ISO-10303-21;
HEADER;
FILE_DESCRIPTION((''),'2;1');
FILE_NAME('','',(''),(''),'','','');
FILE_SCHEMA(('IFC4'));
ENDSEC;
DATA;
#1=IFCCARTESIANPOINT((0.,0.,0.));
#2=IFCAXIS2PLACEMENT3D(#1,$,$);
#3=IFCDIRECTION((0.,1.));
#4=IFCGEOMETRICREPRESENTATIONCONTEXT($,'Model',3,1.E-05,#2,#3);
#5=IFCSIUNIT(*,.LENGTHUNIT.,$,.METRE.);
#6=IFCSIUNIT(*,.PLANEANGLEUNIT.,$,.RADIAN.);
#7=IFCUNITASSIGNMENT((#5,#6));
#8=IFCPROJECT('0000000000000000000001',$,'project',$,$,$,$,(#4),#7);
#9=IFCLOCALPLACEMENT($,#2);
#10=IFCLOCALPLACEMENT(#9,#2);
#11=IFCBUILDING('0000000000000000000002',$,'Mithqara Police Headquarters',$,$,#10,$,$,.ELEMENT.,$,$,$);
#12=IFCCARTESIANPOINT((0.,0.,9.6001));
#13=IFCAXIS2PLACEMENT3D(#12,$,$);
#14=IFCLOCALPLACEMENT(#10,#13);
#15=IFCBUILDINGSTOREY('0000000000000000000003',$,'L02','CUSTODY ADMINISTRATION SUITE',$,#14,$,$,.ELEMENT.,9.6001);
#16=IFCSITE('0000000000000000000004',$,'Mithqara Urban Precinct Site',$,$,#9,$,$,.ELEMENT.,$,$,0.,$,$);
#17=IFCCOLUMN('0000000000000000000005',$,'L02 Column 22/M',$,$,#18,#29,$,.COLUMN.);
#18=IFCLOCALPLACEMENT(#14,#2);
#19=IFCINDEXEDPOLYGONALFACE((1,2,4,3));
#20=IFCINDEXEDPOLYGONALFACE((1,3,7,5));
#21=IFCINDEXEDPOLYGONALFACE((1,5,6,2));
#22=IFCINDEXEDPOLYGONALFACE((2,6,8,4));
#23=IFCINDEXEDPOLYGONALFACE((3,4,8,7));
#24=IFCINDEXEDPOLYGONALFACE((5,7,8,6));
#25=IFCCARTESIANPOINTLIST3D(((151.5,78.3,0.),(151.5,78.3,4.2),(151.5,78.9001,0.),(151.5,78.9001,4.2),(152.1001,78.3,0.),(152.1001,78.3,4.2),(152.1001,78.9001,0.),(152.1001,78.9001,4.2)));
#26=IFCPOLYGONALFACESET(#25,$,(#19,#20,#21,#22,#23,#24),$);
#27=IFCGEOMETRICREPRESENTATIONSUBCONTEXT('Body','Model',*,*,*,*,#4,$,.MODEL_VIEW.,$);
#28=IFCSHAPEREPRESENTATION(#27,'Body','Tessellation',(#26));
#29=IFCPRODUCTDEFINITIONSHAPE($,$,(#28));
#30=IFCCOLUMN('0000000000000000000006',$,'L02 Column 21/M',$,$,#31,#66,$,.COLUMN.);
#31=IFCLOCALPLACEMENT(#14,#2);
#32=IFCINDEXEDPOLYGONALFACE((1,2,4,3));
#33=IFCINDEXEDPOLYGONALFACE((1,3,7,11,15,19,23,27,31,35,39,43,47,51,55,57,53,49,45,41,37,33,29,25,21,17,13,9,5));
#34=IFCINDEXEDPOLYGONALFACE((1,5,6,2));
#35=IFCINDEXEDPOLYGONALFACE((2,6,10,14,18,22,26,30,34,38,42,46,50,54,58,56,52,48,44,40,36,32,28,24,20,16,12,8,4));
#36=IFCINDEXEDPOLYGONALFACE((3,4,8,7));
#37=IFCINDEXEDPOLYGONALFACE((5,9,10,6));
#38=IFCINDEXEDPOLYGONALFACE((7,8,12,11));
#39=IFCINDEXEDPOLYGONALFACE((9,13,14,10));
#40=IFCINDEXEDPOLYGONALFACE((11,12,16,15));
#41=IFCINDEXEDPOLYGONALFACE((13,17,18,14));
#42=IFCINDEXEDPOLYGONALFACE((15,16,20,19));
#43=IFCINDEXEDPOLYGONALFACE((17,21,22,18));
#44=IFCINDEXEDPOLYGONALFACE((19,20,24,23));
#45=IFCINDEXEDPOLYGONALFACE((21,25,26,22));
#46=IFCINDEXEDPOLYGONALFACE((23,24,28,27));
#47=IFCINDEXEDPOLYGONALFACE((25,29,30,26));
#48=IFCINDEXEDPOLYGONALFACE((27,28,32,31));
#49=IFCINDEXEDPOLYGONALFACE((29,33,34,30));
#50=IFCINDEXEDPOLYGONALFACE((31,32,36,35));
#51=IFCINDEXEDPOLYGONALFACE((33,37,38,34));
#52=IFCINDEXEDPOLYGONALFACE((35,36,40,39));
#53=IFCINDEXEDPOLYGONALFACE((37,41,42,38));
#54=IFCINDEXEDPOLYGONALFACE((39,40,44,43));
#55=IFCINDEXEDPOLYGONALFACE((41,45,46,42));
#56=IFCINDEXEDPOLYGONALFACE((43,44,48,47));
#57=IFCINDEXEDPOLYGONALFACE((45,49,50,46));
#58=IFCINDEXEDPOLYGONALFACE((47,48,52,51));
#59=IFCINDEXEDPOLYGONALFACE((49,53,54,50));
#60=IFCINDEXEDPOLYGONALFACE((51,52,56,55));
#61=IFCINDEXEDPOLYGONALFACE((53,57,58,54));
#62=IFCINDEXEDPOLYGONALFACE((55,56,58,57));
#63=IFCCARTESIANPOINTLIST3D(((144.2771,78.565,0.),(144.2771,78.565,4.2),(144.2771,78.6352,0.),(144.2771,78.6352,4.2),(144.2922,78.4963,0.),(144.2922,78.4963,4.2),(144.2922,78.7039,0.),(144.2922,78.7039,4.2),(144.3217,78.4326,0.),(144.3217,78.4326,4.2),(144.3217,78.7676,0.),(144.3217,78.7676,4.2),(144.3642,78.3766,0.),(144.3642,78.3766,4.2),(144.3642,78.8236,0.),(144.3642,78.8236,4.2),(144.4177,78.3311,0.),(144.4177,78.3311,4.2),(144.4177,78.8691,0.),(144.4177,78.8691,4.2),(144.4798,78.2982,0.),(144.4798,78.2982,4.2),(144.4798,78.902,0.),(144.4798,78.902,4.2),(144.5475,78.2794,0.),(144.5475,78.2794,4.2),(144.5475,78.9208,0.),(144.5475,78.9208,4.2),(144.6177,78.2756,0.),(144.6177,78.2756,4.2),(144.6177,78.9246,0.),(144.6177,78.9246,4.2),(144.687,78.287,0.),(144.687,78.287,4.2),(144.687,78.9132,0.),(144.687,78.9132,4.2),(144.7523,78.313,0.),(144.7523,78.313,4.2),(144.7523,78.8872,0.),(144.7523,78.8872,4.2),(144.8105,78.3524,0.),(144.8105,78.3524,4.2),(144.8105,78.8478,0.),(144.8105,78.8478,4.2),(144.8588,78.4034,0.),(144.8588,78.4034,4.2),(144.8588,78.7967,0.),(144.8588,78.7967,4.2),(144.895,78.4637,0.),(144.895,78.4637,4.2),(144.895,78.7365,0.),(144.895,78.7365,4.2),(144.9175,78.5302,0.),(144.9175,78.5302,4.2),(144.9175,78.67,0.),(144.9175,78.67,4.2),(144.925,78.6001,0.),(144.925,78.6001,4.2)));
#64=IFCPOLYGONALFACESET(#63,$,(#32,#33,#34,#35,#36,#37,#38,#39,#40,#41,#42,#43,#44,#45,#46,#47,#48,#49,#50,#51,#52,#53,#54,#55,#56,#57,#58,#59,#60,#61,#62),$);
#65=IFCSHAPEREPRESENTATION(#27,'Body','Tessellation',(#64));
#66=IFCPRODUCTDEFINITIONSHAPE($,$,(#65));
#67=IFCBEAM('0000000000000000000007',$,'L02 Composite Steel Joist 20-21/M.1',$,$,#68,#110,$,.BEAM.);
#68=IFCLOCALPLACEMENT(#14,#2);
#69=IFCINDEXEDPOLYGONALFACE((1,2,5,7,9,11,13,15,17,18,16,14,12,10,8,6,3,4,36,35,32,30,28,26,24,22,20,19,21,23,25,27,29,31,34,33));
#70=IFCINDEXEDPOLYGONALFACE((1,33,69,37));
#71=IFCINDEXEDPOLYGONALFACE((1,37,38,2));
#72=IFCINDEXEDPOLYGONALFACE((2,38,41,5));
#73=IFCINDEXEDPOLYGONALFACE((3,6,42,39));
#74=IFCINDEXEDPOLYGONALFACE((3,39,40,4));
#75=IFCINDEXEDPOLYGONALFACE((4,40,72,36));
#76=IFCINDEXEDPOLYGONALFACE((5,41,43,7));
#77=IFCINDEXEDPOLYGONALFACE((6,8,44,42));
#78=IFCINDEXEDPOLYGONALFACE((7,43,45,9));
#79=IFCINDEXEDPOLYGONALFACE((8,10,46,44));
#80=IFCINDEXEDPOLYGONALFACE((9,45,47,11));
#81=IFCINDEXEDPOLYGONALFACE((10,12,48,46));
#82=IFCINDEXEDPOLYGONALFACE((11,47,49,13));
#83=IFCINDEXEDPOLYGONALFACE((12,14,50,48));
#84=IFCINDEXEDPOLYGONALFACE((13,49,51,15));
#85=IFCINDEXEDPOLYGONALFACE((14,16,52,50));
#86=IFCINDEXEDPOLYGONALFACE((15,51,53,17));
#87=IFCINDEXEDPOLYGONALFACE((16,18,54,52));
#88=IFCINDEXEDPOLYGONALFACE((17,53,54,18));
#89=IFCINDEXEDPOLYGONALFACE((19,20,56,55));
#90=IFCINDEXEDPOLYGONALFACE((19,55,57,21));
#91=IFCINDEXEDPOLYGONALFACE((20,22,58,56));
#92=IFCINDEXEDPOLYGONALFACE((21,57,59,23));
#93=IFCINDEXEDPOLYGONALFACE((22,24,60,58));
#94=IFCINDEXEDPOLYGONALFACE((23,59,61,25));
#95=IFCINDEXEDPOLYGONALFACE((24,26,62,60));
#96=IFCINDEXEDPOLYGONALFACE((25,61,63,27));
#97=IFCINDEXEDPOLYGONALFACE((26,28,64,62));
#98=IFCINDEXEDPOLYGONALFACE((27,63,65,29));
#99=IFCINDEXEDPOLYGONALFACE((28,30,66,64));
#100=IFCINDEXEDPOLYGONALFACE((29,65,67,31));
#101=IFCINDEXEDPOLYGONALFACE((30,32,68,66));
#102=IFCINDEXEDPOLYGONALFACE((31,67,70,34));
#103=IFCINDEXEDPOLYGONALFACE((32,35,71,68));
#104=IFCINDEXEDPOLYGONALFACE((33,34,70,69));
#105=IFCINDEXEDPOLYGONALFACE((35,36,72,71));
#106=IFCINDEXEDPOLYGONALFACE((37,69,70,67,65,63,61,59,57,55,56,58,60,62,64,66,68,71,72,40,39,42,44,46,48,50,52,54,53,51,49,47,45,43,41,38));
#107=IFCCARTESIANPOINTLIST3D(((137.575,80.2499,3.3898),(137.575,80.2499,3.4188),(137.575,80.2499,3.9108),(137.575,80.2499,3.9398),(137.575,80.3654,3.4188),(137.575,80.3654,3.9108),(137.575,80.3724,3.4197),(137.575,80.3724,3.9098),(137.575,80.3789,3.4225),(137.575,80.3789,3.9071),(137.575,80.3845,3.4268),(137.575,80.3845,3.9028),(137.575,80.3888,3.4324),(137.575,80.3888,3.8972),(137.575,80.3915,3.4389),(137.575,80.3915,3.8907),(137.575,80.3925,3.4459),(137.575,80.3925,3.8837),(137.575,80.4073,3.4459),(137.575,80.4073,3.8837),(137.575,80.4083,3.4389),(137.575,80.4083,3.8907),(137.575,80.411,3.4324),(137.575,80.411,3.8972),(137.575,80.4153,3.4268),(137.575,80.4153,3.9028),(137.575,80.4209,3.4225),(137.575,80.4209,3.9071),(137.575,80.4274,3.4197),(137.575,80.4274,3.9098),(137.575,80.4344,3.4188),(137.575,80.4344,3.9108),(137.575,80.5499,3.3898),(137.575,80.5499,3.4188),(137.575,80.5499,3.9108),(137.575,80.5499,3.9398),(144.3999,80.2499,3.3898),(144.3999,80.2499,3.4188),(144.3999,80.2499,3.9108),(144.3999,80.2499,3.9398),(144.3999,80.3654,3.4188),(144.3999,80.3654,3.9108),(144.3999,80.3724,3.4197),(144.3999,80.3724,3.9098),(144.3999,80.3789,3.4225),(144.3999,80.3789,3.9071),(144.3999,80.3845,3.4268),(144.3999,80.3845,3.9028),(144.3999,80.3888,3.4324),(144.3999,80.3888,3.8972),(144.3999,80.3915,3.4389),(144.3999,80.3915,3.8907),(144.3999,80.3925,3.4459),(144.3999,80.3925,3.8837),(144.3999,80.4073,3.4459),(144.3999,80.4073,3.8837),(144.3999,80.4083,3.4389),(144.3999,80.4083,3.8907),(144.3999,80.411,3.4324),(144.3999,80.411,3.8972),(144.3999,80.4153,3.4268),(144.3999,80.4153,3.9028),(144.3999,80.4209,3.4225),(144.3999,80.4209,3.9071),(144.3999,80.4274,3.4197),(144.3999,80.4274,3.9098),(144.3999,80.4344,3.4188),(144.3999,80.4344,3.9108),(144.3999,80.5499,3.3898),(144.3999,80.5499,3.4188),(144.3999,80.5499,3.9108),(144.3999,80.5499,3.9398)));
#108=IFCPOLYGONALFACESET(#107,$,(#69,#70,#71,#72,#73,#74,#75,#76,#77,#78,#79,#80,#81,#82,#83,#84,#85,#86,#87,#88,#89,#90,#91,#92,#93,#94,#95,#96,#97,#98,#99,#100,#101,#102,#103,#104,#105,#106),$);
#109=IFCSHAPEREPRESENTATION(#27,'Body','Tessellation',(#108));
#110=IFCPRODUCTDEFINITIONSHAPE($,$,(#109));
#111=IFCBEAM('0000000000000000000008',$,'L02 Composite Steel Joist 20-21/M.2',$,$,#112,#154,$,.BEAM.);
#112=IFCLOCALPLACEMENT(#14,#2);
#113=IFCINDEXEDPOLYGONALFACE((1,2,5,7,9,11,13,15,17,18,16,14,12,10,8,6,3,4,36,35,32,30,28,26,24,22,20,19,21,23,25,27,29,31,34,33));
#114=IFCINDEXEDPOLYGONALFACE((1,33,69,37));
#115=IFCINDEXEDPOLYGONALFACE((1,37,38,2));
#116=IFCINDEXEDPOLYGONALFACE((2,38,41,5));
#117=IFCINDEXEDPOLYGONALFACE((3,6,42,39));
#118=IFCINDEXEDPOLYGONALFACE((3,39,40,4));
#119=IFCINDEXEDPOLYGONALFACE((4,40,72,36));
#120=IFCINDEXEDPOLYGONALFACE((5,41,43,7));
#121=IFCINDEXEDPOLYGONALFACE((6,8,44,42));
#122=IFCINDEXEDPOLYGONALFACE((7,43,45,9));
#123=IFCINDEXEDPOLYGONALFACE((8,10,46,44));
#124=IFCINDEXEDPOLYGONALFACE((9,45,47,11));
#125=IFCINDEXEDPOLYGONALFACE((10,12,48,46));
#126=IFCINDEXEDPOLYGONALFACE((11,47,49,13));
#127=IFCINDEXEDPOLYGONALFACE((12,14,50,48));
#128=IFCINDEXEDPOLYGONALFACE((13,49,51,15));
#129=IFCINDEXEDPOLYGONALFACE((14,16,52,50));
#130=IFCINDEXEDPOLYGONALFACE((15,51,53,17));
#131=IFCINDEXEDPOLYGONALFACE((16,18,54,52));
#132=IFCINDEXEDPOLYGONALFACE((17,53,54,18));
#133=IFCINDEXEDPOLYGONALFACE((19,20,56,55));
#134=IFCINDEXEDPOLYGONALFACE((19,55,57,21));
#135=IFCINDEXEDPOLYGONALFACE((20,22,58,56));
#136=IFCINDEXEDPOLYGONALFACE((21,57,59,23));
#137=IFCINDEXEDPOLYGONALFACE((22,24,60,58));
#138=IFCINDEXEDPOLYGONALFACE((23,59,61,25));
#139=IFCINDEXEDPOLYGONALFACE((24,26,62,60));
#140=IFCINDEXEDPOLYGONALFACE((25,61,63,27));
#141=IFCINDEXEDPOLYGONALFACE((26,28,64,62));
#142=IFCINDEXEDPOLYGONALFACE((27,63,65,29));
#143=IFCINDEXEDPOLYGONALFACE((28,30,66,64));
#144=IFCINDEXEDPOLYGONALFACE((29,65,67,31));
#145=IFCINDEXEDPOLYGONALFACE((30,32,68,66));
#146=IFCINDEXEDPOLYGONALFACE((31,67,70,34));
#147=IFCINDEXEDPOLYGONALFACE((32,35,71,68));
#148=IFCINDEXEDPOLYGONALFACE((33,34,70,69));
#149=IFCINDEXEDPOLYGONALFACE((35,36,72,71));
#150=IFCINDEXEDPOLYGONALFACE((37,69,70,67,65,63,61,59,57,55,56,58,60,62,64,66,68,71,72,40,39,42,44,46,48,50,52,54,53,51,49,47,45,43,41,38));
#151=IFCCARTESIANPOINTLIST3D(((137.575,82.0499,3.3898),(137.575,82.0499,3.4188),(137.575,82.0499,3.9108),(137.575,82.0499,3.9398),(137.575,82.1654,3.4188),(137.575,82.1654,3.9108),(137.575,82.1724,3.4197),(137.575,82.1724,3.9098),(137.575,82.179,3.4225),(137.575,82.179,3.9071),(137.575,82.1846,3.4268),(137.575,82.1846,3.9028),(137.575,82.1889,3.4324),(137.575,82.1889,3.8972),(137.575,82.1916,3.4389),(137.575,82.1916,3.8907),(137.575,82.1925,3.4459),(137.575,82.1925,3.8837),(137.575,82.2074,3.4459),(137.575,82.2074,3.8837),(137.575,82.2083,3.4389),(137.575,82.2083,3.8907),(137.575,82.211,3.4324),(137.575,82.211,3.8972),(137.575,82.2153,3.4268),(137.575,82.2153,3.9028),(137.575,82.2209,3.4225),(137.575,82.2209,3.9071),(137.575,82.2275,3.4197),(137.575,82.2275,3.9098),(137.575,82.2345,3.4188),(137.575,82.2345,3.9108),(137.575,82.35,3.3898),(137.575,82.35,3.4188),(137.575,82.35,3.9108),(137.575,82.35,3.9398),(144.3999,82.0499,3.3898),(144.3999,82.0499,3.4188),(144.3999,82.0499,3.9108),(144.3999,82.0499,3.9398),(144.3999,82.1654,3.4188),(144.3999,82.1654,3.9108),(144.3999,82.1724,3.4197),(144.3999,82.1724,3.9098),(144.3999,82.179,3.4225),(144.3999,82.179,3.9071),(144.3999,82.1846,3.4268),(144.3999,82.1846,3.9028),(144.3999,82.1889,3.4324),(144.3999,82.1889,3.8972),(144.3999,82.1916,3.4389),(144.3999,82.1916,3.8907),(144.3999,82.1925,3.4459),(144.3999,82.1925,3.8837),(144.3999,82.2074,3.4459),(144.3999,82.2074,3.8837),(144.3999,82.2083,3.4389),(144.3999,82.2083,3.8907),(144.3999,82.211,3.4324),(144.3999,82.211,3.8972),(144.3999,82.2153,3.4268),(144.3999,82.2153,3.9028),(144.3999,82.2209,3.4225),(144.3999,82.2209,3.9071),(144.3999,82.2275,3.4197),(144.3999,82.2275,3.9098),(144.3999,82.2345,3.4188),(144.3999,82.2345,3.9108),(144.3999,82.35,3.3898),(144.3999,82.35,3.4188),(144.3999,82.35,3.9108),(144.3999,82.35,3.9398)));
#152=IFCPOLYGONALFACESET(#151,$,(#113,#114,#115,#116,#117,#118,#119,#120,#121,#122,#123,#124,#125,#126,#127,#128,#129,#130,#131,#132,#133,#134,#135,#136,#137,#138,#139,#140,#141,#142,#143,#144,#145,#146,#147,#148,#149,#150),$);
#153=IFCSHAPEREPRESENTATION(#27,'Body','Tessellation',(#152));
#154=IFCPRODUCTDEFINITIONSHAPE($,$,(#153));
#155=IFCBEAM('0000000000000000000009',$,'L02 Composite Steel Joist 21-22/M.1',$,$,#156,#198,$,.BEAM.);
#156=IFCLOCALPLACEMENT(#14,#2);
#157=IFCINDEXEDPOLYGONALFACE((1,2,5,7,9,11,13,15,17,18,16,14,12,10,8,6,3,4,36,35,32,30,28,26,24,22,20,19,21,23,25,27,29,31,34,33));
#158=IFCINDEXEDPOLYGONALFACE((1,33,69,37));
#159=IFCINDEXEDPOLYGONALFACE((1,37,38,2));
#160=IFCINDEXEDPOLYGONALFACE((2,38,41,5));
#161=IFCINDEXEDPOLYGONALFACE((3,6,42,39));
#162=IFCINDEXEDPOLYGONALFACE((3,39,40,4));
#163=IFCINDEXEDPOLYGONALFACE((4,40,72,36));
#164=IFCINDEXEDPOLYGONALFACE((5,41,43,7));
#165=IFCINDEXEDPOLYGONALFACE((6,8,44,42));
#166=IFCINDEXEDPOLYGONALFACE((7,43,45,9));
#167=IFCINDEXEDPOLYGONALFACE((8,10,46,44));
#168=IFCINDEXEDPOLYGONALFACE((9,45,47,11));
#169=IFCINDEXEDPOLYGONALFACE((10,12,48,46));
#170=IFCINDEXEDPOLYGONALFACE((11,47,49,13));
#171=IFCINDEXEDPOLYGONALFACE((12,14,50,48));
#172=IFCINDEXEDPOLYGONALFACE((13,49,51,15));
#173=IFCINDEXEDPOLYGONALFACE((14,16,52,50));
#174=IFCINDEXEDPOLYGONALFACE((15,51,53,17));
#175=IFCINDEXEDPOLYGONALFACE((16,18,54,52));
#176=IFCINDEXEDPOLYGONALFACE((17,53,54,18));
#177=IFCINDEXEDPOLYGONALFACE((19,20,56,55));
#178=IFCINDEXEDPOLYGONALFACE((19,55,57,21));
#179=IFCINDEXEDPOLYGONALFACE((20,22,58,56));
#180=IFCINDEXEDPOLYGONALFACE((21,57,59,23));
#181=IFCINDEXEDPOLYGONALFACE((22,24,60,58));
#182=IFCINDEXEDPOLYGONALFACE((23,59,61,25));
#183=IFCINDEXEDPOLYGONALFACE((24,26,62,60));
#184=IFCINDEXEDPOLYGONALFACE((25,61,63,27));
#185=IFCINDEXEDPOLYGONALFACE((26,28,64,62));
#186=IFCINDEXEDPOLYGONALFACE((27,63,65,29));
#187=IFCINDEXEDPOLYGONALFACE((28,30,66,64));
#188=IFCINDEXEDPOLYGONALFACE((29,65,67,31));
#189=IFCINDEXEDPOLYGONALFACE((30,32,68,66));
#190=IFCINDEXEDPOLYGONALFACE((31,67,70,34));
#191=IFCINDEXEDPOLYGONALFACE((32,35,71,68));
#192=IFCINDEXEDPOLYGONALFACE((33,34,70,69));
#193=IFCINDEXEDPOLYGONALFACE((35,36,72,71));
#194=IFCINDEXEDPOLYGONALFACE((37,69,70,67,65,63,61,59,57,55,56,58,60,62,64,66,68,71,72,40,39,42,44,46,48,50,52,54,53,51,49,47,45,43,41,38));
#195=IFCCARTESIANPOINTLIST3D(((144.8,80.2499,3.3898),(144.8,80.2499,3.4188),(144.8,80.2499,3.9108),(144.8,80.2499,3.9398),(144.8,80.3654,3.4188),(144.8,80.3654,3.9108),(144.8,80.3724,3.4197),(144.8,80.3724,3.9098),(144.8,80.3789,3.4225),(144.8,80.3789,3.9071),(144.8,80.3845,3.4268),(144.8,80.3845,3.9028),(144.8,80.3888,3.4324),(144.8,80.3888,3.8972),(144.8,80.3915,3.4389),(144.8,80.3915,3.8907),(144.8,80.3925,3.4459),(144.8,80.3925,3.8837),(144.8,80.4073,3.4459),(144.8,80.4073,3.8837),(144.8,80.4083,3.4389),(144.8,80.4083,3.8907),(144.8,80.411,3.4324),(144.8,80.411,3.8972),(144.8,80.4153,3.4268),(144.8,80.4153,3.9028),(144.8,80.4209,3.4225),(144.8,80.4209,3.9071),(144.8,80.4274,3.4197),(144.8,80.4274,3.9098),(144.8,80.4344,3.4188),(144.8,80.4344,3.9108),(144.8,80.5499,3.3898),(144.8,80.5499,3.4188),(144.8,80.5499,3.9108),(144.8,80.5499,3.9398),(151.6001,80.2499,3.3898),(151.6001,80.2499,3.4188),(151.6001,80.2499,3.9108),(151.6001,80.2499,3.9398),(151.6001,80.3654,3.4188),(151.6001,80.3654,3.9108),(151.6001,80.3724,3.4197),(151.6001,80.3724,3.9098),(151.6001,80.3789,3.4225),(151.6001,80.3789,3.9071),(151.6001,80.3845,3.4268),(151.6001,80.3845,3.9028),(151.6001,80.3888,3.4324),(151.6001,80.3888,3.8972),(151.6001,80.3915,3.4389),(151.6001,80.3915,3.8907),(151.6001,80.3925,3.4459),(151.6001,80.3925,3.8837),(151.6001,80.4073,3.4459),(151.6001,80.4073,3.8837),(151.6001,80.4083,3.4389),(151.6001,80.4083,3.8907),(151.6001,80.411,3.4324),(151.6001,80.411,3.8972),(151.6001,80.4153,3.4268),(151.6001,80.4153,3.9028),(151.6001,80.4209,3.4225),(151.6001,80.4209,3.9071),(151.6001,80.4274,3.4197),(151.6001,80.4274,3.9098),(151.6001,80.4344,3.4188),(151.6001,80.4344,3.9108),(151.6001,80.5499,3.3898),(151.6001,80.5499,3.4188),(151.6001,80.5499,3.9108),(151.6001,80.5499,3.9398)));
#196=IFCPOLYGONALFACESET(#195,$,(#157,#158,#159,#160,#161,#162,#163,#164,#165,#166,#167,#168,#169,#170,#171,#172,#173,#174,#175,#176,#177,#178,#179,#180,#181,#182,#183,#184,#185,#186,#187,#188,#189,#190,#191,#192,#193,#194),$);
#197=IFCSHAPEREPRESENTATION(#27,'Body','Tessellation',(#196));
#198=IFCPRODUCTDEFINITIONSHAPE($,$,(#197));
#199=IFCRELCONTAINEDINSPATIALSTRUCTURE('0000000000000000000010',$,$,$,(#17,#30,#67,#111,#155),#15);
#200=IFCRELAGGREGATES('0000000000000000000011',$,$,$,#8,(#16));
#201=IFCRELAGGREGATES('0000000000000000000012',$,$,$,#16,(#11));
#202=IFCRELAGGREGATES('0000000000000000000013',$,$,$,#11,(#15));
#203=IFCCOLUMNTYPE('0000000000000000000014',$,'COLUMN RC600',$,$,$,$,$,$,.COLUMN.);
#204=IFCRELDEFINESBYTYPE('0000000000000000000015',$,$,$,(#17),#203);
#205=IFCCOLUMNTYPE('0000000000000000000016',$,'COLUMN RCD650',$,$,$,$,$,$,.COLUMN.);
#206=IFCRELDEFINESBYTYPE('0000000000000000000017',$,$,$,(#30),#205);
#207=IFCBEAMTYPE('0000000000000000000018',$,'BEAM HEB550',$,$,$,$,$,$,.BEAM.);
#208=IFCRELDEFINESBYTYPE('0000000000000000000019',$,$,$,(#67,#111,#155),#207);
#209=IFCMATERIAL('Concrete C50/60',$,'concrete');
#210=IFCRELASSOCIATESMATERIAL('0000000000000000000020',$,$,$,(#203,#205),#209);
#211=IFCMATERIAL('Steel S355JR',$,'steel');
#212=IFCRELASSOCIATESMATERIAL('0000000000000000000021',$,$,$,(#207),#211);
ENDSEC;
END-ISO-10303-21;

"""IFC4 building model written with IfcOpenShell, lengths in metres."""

from ifc_helpers import new_model, si_unit, direction, frame, origin, origin_2d, place, context, subcontext, project, spatial, rectangle, circle, i_section, extrude, material, material_profile, profile_set, type_object, element, save


model = new_model("IFC4")

# Units and contexts
model_context = context("Model", 3, precision=1e-05, world=origin(), true_north=direction((0.0, 1.0)))
body_context = subcontext(model_context, "Body", "Model", "MODEL_VIEW")
ifc_project = project(units=[si_unit("LENGTHUNIT", "METRE"), si_unit("PLANEANGLEUNIT", "RADIAN")], contexts=[model_context])

# Site, building, storey
site_placement = place(None, origin())
site = spatial("IfcSite", under=ifc_project, at=site_placement, Name="Mithqara Urban Precinct Site", CompositionType="ELEMENT", RefElevation=0.0)
building_placement = place(site_placement, origin())
building = spatial("IfcBuilding", under=site, at=building_placement, Name="Mithqara Police Headquarters", CompositionType="ELEMENT")
storey_placement = place(building_placement, frame((0.0, 0.0, 9.6001)))
storey = spatial("IfcBuildingStorey", under=building, at=storey_placement, Name="L02", Description="CUSTODY ADMINISTRATION SUITE", CompositionType="ELEMENT", Elevation=9.6001)

# Columns
ifc_material_1 = material(Name="Concrete C50/60", Category="concrete")
ifc_material_profile_1 = material_profile(ifc_material_1, rectangle(XDim=0.6001, YDim=0.6001, at=origin_2d()), Name="RC 600x600")
ifc_profile_set_1 = profile_set([ifc_material_profile_1], Name="Concrete C50/60")
column_type_1 = type_object("IfcColumnType", Name="COLUMN RC600", PredefinedType="COLUMN", material=ifc_profile_set_1)
column_1_placement = place(storey_placement, frame((151.8, 78.6001, 0.0), z_axis=(0.0, 0.0, 1.0), x_axis=(1.0, 0.0, 0.0)))
element("IfcColumn", 1, at=column_1_placement, inside=storey, type_object=column_type_1, Name="L02 Column 22/M", PredefinedType="COLUMN", context=body_context, shape_type="SweptSolid", body=[
    extrude(rectangle(XDim=0.6001, YDim=0.6001, at=origin_2d()), origin(), (0.0, 0.0, 1.0), 4.2),
])
ifc_material_profile_2 = material_profile(ifc_material_1, circle(Radius=0.325, at=origin_2d()), Name="RCD 650")
ifc_profile_set_2 = profile_set([ifc_material_profile_2], Name="Concrete C50/60")
column_type_2 = type_object("IfcColumnType", Name="COLUMN RCD650", PredefinedType="COLUMN", material=ifc_profile_set_2)
column_2_placement = place(storey_placement, frame((144.6001, 78.6001, 0.0), z_axis=(0.0, 0.0, 1.0), x_axis=(1.0, 0.0, 0.0)))
element("IfcColumn", 2, at=column_2_placement, inside=storey, type_object=column_type_2, Name="L02 Column 21/M", PredefinedType="COLUMN", context=body_context, shape_type="SweptSolid", body=[
    extrude(circle(Radius=0.325, at=origin_2d()), origin(), (0.0, 0.0, 1.0), 4.2),
])

# Beams
ifc_material_2 = material(Name="Steel S355JR", Category="steel")
ifc_material_profile_3 = material_profile(ifc_material_2, i_section(OverallWidth=0.3, OverallDepth=0.55, WebThickness=0.0149, FlangeThickness=0.0291, FilletRadius=0.0271, at=origin_2d()), Name="HEB 550")
ifc_profile_set_3 = profile_set([ifc_material_profile_3], Name="Steel S355JR")
beam_type_1 = type_object("IfcBeamType", Name="BEAM HEB550", PredefinedType="BEAM", material=ifc_profile_set_3)
for number, where, z_axis, x_axis, name in (
    (3, (137.575, 80.3999, 3.6648), (1.0, 0.0, 0.0), (0.0, 1.0, 0.0), "L02 Composite Steel Joist 20-21/M.1"),
    (4, (137.575, 82.2, 3.6648), (1.0, 0.0, 0.0), (0.0, 1.0, 0.0), "L02 Composite Steel Joist 20-21/M.2"),
):
    element("IfcBeam", number, at=place(storey_placement, frame(where, z_axis=z_axis, x_axis=x_axis)), inside=storey, type_object=beam_type_1, Name=name, PredefinedType="BEAM", context=body_context, shape_type="SweptSolid", body=[
        extrude(i_section(OverallWidth=0.3, OverallDepth=0.55, WebThickness=0.0149, FlangeThickness=0.0291, FilletRadius=0.0271, at=origin_2d()), origin(), (0.0, 0.0, 1.0), 6.825),
    ])
for number, where, z_axis, x_axis, name in (
    (5, (144.8, 80.3999, 3.6648), (1.0, 0.0, 0.0), (0.0, 1.0, 0.0), "L02 Composite Steel Joist 21-22/M.1"),
):
    element("IfcBeam", number, at=place(storey_placement, frame(where, z_axis=z_axis, x_axis=x_axis)), inside=storey, type_object=beam_type_1, Name=name, PredefinedType="BEAM", context=body_context, shape_type="SweptSolid", body=[
        extrude(i_section(OverallWidth=0.3, OverallDepth=0.55, WebThickness=0.0149, FlangeThickness=0.0291, FilletRadius=0.0271, at=origin_2d()), origin(), (0.0, 0.0, 1.0), 6.8),
    ])

save(model, "model.ifc")
